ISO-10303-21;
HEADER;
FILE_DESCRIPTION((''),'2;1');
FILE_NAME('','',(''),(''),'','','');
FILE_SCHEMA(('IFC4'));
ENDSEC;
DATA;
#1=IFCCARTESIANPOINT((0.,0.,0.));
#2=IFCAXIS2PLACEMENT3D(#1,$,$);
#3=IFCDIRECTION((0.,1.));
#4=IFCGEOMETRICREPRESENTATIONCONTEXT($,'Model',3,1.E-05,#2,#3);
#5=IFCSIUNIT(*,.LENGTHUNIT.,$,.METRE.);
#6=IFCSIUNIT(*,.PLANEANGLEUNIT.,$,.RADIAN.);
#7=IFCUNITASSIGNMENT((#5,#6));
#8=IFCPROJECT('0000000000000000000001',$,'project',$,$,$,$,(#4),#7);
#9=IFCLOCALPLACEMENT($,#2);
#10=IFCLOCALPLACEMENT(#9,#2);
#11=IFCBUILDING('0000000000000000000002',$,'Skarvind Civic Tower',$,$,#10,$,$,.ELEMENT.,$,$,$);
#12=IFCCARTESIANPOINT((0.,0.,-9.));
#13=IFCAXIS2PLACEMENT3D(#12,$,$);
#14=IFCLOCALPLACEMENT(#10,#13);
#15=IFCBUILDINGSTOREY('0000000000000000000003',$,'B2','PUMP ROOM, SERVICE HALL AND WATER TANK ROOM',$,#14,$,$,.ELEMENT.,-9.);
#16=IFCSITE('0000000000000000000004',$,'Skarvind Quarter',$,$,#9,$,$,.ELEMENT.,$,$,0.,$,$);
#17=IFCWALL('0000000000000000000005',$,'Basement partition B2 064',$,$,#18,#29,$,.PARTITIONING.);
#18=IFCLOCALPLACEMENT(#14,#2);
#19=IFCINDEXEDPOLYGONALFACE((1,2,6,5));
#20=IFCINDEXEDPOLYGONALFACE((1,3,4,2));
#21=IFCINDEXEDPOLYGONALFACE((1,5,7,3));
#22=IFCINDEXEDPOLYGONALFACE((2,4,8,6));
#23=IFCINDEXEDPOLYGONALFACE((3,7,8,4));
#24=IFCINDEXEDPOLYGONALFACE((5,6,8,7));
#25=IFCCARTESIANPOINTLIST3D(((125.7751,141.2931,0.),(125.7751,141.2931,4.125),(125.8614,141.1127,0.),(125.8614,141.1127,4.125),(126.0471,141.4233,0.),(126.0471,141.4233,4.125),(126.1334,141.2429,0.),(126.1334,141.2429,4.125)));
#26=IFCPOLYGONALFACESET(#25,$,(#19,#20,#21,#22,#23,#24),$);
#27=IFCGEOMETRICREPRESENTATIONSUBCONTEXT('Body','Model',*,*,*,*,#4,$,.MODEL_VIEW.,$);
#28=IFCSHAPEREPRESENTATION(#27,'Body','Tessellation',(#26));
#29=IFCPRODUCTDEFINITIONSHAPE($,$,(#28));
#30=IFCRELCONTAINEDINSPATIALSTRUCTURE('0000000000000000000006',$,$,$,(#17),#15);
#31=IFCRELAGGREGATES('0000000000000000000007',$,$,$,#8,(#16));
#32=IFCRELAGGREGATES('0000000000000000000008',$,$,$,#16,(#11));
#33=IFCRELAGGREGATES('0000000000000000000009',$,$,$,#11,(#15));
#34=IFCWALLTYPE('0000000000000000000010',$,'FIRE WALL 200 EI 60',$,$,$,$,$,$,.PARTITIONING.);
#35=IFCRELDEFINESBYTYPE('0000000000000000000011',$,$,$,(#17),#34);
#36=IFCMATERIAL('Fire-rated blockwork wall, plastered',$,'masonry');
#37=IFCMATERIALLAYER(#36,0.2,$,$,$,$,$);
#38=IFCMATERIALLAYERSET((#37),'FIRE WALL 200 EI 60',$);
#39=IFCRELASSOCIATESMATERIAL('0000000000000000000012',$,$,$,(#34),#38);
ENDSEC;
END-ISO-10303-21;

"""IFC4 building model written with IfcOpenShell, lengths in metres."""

from ifc_helpers import new_model, si_unit, direction, frame, frame_2d, origin, place, context, subcontext, project, spatial, rectangle, extrude, material, layer, layer_set, type_object, element, save


model = new_model("IFC4")

# Units and contexts
model_context = context("Model", 3, precision=1e-05, world=origin(), true_north=direction((0.0, 1.0)))
body_context = subcontext(model_context, "Body", "Model", "MODEL_VIEW")
ifc_project = project(units=[si_unit("LENGTHUNIT", "METRE"), si_unit("PLANEANGLEUNIT", "RADIAN")], contexts=[model_context])

# Site, building, storey
site_placement = place(None, origin())
site = spatial("IfcSite", under=ifc_project, at=site_placement, Name="Skarvind Quarter", CompositionType="ELEMENT", RefElevation=0.0)
building_placement = place(site_placement, origin())
building = spatial("IfcBuilding", under=site, at=building_placement, Name="Skarvind Civic Tower", CompositionType="ELEMENT")
storey_placement = place(building_placement, frame((0.0, 0.0, -9.0)))
storey = spatial("IfcBuildingStorey", under=building, at=storey_placement, Name="B2", Description="PUMP ROOM, SERVICE HALL AND WATER TANK ROOM", CompositionType="ELEMENT", Elevation=-9.0)

# Shared definitions
ifc_material_1 = material(Name="Fire-rated blockwork wall, plastered", Category="masonry")

# Wall
ifc_layer_1 = layer(ifc_material_1, 0.2)
ifc_layer_set_1 = layer_set([ifc_layer_1], Name="FIRE WALL 200 EI 60")
wall_type_1 = type_object("IfcWallType", Name="FIRE WALL 200 EI 60", PredefinedType="PARTITIONING", material=ifc_layer_set_1)
wall_1_placement = place(storey_placement, frame((125.8181, 141.2029, 0.0), z_axis=(0.0, 0.0, 1.0), x_axis=(0.902066, 0.431599, 0.0)))
element("IfcWall", 1, at=wall_1_placement, inside=storey, type_object=wall_type_1, Name="Basement partition B2 064", PredefinedType="PARTITIONING", context=body_context, shape_type="SweptSolid", body=[
    extrude(rectangle(XDim=0.3015, YDim=0.2, at=frame_2d((0.1509, 0.0))), origin(), (0.0, 0.0, 1.0), 4.125),
])

save(model, "model.ifc")
